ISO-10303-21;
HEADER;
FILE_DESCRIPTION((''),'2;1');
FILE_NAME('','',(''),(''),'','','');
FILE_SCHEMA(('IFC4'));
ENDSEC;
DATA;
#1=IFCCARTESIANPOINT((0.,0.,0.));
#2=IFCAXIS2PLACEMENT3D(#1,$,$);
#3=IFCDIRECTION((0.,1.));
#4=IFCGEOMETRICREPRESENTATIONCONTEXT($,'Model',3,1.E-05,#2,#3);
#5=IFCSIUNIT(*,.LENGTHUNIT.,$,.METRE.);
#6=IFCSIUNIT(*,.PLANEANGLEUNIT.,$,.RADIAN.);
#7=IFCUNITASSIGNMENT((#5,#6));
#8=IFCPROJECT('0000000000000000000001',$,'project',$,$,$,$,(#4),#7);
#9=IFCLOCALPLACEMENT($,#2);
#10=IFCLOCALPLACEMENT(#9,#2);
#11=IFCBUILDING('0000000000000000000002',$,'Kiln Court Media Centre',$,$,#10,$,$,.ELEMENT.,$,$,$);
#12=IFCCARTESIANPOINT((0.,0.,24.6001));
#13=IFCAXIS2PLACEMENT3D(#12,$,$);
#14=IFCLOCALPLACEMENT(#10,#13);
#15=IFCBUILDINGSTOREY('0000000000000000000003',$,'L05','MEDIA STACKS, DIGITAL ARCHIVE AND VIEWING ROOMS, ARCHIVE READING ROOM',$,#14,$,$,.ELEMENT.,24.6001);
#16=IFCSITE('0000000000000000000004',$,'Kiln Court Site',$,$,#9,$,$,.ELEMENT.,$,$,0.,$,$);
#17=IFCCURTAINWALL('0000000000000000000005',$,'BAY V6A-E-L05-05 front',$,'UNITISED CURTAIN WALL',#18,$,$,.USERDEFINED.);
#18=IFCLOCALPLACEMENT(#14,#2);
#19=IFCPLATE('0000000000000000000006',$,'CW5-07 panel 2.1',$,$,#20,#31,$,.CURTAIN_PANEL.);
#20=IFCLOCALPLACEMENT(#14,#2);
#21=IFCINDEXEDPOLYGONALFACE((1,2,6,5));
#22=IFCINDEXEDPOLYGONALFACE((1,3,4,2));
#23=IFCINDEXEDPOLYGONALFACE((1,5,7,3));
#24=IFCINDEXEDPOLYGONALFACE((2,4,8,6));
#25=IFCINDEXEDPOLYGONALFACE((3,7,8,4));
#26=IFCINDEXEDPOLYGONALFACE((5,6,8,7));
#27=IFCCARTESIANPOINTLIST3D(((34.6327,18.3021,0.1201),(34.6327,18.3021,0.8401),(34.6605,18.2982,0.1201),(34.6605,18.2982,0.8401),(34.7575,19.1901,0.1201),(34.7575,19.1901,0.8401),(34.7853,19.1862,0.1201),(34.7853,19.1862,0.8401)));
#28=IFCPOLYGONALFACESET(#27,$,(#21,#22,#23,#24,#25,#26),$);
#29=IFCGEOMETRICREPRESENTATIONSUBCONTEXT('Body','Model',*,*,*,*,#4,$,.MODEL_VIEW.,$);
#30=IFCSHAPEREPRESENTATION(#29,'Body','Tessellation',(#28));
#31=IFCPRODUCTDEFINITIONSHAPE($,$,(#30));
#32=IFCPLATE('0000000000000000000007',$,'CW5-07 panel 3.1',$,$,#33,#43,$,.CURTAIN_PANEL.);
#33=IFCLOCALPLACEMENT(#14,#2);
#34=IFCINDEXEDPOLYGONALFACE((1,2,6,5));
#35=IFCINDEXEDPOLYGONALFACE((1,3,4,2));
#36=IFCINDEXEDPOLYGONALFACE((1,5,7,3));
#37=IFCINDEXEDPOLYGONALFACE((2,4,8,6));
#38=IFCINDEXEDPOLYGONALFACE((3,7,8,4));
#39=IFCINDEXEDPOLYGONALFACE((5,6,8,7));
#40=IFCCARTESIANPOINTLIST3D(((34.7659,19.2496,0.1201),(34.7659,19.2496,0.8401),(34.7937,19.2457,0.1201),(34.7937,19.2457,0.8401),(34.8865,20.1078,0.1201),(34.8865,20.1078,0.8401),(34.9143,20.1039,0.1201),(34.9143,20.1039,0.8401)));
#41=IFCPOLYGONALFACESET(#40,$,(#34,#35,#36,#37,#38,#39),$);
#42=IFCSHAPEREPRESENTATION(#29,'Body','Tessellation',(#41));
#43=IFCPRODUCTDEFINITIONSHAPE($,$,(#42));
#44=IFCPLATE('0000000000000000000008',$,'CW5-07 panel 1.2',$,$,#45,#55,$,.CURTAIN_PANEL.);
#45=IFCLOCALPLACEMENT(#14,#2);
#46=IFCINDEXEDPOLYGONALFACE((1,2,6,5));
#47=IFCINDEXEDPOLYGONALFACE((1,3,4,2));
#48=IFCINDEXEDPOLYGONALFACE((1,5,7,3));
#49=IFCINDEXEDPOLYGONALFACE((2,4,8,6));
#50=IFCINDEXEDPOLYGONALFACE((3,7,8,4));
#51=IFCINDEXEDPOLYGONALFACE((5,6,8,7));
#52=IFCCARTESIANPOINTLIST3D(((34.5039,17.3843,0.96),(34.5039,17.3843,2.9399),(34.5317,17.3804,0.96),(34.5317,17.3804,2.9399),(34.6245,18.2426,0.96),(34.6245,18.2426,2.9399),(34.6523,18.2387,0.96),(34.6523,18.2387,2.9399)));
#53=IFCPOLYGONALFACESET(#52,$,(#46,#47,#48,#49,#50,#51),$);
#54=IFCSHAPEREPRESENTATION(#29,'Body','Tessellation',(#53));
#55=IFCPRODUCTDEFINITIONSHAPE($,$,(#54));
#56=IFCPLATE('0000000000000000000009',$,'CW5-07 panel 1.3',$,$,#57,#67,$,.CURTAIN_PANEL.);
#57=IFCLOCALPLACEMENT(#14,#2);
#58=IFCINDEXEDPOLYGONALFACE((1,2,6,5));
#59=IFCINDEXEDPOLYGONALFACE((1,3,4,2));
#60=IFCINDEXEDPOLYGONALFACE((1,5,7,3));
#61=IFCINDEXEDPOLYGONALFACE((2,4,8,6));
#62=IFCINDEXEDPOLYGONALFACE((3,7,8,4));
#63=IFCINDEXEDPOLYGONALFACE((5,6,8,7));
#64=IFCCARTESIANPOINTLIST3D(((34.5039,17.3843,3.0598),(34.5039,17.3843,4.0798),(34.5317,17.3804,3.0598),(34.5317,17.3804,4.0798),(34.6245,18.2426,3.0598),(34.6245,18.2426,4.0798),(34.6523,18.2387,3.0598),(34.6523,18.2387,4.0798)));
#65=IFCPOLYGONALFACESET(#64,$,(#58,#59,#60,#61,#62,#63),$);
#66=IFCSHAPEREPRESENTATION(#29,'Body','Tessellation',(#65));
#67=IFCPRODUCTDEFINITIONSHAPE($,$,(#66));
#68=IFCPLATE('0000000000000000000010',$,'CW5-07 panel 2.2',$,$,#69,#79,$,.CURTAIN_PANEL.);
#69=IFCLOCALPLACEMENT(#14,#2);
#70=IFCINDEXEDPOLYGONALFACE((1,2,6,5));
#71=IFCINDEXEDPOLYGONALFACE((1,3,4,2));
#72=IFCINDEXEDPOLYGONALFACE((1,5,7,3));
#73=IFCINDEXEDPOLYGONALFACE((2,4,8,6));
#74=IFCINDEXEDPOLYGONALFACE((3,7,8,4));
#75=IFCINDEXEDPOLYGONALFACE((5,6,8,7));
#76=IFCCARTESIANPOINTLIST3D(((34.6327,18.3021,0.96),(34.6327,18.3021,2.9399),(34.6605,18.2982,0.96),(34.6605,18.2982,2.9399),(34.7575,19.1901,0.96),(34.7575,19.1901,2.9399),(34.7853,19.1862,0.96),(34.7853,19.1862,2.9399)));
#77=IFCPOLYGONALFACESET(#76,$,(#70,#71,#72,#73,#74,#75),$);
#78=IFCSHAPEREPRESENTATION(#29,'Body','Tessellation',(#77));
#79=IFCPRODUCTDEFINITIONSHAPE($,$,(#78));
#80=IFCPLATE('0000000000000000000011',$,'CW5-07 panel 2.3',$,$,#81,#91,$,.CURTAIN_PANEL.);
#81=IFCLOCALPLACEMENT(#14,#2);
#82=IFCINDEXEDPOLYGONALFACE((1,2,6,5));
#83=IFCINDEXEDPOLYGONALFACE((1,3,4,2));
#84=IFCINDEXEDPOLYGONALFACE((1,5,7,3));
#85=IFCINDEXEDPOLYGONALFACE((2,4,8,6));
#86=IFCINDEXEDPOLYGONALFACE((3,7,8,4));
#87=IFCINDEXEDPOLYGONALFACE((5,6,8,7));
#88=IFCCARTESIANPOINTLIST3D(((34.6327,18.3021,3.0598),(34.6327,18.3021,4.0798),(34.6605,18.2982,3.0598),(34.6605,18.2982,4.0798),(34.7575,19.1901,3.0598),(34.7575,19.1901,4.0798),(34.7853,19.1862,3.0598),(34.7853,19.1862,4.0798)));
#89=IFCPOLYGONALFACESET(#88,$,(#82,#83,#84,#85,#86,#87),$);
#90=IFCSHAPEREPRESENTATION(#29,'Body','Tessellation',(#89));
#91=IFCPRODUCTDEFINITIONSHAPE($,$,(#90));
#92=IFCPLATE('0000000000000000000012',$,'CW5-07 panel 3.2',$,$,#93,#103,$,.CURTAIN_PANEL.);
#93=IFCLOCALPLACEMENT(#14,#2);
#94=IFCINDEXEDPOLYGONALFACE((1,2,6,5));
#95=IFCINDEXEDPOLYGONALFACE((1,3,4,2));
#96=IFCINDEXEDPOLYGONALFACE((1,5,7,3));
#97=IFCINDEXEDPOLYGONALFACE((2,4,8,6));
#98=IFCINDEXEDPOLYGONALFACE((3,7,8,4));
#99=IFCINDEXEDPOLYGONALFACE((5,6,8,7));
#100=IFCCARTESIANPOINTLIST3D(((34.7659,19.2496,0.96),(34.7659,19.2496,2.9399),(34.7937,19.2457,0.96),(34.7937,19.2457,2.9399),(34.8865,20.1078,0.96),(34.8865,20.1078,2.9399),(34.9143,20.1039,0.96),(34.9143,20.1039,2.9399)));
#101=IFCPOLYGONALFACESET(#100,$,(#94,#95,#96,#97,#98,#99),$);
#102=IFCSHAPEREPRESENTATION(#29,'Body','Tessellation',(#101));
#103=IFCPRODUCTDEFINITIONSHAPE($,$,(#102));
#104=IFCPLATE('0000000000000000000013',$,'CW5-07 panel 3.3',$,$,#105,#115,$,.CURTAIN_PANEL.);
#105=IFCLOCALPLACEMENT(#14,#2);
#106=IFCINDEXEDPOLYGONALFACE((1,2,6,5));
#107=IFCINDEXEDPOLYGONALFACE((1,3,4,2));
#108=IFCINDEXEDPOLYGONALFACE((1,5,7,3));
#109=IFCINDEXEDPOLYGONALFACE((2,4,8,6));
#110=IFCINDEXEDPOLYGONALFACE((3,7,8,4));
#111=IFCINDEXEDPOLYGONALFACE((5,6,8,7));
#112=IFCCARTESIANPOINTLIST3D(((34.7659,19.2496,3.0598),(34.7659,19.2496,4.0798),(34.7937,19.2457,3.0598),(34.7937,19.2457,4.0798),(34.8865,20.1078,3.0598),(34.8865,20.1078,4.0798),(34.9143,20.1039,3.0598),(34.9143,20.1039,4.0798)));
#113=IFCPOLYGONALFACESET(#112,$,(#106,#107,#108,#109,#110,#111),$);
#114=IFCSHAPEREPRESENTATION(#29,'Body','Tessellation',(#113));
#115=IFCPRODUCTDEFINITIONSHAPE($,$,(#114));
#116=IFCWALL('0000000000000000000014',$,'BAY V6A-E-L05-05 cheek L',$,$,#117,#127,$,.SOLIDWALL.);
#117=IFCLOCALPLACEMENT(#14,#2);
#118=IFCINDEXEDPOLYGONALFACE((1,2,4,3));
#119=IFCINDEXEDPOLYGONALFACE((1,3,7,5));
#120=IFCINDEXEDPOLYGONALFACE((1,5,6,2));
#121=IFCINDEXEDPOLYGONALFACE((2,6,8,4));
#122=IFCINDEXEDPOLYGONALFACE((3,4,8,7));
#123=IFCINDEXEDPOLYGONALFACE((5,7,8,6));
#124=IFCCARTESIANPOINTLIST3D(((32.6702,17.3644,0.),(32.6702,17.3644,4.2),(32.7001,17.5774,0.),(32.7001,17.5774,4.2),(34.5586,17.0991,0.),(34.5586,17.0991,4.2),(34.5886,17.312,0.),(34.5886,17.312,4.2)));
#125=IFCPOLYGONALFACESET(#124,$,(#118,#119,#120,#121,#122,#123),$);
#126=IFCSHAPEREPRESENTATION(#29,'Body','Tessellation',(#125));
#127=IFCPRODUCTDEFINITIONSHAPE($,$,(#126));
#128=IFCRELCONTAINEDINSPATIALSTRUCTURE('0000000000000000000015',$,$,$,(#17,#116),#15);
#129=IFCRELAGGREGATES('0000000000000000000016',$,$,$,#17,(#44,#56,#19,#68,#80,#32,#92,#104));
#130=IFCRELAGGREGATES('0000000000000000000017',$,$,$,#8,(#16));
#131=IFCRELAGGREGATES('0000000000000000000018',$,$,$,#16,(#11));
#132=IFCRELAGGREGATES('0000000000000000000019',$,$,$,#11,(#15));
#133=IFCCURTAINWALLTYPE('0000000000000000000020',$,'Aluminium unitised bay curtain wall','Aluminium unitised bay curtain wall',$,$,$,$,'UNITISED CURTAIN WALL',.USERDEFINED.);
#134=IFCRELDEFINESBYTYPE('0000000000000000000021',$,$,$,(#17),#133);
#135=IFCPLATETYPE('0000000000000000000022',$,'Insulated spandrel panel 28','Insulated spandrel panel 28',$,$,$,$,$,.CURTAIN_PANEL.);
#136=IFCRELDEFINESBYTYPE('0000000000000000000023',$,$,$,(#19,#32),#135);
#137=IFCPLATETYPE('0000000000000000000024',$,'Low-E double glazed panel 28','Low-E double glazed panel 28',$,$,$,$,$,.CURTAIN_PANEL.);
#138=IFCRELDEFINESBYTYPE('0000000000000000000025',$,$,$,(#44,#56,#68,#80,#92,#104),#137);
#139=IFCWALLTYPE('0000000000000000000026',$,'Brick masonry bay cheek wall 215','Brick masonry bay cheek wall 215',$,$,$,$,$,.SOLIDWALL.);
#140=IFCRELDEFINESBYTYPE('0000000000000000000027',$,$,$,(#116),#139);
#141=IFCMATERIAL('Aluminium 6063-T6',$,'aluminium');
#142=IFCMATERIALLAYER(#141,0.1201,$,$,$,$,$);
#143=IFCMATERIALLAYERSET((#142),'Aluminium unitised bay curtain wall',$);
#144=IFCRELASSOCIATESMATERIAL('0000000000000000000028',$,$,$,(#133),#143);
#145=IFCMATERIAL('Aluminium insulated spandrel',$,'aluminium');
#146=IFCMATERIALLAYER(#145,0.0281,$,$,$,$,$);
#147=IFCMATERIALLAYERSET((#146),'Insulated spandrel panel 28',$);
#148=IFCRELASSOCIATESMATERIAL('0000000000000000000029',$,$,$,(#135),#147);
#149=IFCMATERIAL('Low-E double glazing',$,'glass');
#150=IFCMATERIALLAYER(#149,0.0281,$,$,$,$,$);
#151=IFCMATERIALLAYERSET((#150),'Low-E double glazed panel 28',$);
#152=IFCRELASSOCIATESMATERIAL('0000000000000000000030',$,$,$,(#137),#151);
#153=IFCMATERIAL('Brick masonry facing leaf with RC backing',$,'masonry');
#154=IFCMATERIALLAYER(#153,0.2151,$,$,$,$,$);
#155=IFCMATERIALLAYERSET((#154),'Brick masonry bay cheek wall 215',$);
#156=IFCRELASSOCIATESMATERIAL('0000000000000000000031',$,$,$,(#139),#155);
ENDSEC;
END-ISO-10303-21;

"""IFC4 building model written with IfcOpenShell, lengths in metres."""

from ifc_helpers import new_model, si_unit, direction, frame, frame_2d, origin, origin_2d, place, context, subcontext, project, spatial, rectangle, extrude, material, layer, layer_set, type_object, element, aggregate, save


model = new_model("IFC4")

# Units and contexts
model_context = context("Model", 3, precision=1e-05, world=origin(), true_north=direction((0.0, 1.0)))
body_context = subcontext(model_context, "Body", "Model", "MODEL_VIEW")
ifc_project = project(units=[si_unit("LENGTHUNIT", "METRE"), si_unit("PLANEANGLEUNIT", "RADIAN")], contexts=[model_context])

# Site, building, storey
site_placement = place(None, origin())
site = spatial("IfcSite", under=ifc_project, at=site_placement, Name="Kiln Court Site", CompositionType="ELEMENT", RefElevation=0.0)
building_placement = place(site_placement, origin())
building = spatial("IfcBuilding", under=site, at=building_placement, Name="Kiln Court Media Centre", CompositionType="ELEMENT")
storey_placement = place(building_placement, frame((0.0, 0.0, 24.6001)))
storey = spatial("IfcBuildingStorey", under=building, at=storey_placement, Name="L05", Description="MEDIA STACKS, DIGITAL ARCHIVE AND VIEWING ROOMS, ARCHIVE READING ROOM", CompositionType="ELEMENT", Elevation=24.6001)

# Curtain wall, plates
ifc_material_1 = material(Name="Aluminium 6063-T6", Category="aluminium")
ifc_layer_1 = layer(ifc_material_1, 0.1201)
ifc_layer_set_1 = layer_set([ifc_layer_1], Name="Aluminium unitised bay curtain wall")
curtain_wall_type = type_object("IfcCurtainWallType", Name="Aluminium unitised bay curtain wall", Description="Aluminium unitised bay curtain wall", ElementType="UNITISED CURTAIN WALL", PredefinedType="USERDEFINED", material=ifc_layer_set_1)
curtain_wall_placement = place(storey_placement, origin())
curtain_wall = element("IfcCurtainWall", 1, at=curtain_wall_placement, inside=storey, type_object=curtain_wall_type, Name="BAY V6A-E-L05-05 front", ObjectType="UNITISED CURTAIN WALL", PredefinedType="USERDEFINED")
ifc_material_2 = material(Name="Aluminium insulated spandrel", Category="aluminium")
ifc_layer_2 = layer(ifc_material_2, 0.0281)
ifc_layer_set_2 = layer_set([ifc_layer_2], Name="Insulated spandrel panel 28")
plate_type_1 = type_object("IfcPlateType", Name="Insulated spandrel panel 28", Description="Insulated spandrel panel 28", PredefinedType="CURTAIN_PANEL", material=ifc_layer_set_2)
plate_1_placement = place(storey_placement, frame((34.709, 18.7441, 0.1201), z_axis=(0.0, 0.0, 1.0), x_axis=(0.139162, 0.99027, 0.0)))
plate_1 = element("IfcPlate", 2, at=plate_1_placement, type_object=plate_type_1, Name="CW5-07 panel 2.1", PredefinedType="CURTAIN_PANEL", context=body_context, shape_type="SweptSolid", body=[
    extrude(rectangle(XDim=0.8967, YDim=0.0281, at=origin_2d()), origin(), (0.0, 0.0, 1.0), 0.72),
])
plate_2_placement = place(storey_placement, frame((34.8401, 19.6768, 0.1201), z_axis=(0.0, 0.0, 1.0), x_axis=(0.139162, 0.99027, 0.0)))
plate_2 = element("IfcPlate", 3, at=plate_2_placement, type_object=plate_type_1, Name="CW5-07 panel 3.1", PredefinedType="CURTAIN_PANEL", context=body_context, shape_type="SweptSolid", body=[
    extrude(rectangle(XDim=0.8667, YDim=0.0281, at=origin_2d()), origin(), (0.0, 0.0, 1.0), 0.72),
])
ifc_material_3 = material(Name="Low-E double glazing", Category="glass")
ifc_layer_3 = layer(ifc_material_3, 0.0281)
ifc_layer_set_3 = layer_set([ifc_layer_3], Name="Low-E double glazed panel 28")
plate_type_2 = type_object("IfcPlateType", Name="Low-E double glazed panel 28", Description="Low-E double glazed panel 28", PredefinedType="CURTAIN_PANEL", material=ifc_layer_set_3)
plate_3_placement = place(storey_placement, frame((34.5781, 17.8115, 0.96), z_axis=(0.0, 0.0, 1.0), x_axis=(0.139162, 0.99027, 0.0)))
plate_3 = element("IfcPlate", 4, at=plate_3_placement, type_object=plate_type_2, Name="CW5-07 panel 1.2", PredefinedType="CURTAIN_PANEL", context=body_context, shape_type="SweptSolid", body=[
    extrude(rectangle(XDim=0.8667, YDim=0.0281, at=origin_2d()), origin(), (0.0, 0.0, 1.0), 1.98),
])
plate_4_placement = place(storey_placement, frame((34.5781, 17.8115, 3.0598), z_axis=(0.0, 0.0, 1.0), x_axis=(0.139162, 0.99027, 0.0)))
plate_4 = element("IfcPlate", 5, at=plate_4_placement, type_object=plate_type_2, Name="CW5-07 panel 1.3", PredefinedType="CURTAIN_PANEL", context=body_context, shape_type="SweptSolid", body=[
    extrude(rectangle(XDim=0.8667, YDim=0.0281, at=origin_2d()), origin(), (0.0, 0.0, 1.0), 1.02),
])
plate_5_placement = place(storey_placement, frame((34.709, 18.7441, 0.96), z_axis=(0.0, 0.0, 1.0), x_axis=(0.139162, 0.99027, 0.0)))
plate_5 = element("IfcPlate", 6, at=plate_5_placement, type_object=plate_type_2, Name="CW5-07 panel 2.2", PredefinedType="CURTAIN_PANEL", context=body_context, shape_type="SweptSolid", body=[
    extrude(rectangle(XDim=0.8967, YDim=0.0281, at=origin_2d()), origin(), (0.0, 0.0, 1.0), 1.98),
])
plate_6_placement = place(storey_placement, frame((34.709, 18.7441, 3.0598), z_axis=(0.0, 0.0, 1.0), x_axis=(0.139162, 0.99027, 0.0)))
plate_6 = element("IfcPlate", 7, at=plate_6_placement, type_object=plate_type_2, Name="CW5-07 panel 2.3", PredefinedType="CURTAIN_PANEL", context=body_context, shape_type="SweptSolid", body=[
    extrude(rectangle(XDim=0.8967, YDim=0.0281, at=origin_2d()), origin(), (0.0, 0.0, 1.0), 1.02),
])
plate_7_placement = place(storey_placement, frame((34.8401, 19.6768, 0.96), z_axis=(0.0, 0.0, 1.0), x_axis=(0.139162, 0.99027, 0.0)))
plate_7 = element("IfcPlate", 8, at=plate_7_placement, type_object=plate_type_2, Name="CW5-07 panel 3.2", PredefinedType="CURTAIN_PANEL", context=body_context, shape_type="SweptSolid", body=[
    extrude(rectangle(XDim=0.8667, YDim=0.0281, at=origin_2d()), origin(), (0.0, 0.0, 1.0), 1.98),
])
plate_8_placement = place(storey_placement, frame((34.8401, 19.6768, 3.0598), z_axis=(0.0, 0.0, 1.0), x_axis=(0.139162, 0.99027, 0.0)))
plate_8 = element("IfcPlate", 9, at=plate_8_placement, type_object=plate_type_2, Name="CW5-07 panel 3.3", PredefinedType="CURTAIN_PANEL", context=body_context, shape_type="SweptSolid", body=[
    extrude(rectangle(XDim=0.8667, YDim=0.0281, at=origin_2d()), origin(), (0.0, 0.0, 1.0), 1.02),
])
aggregate(curtain_wall, [plate_3, plate_4, plate_1, plate_5, plate_6, plate_2, plate_7, plate_8])

# Wall
ifc_material_4 = material(Name="Brick masonry facing leaf with RC backing", Category="masonry")
ifc_layer_4 = layer(ifc_material_4, 0.2151)
ifc_layer_set_4 = layer_set([ifc_layer_4], Name="Brick masonry bay cheek wall 215")
wall_type = type_object("IfcWallType", Name="Brick masonry bay cheek wall 215", Description="Brick masonry bay cheek wall 215", PredefinedType="SOLIDWALL", material=ifc_layer_set_4)
wall_placement = place(storey_placement, frame((32.6851, 17.4709, 0.0), z_axis=(0.0, 0.0, 1.0), x_axis=(0.99027, -0.139163, 0.0)))
element("IfcWall", 10, at=wall_placement, inside=storey, type_object=wall_type, Name="BAY V6A-E-L05-05 cheek L", PredefinedType="SOLIDWALL", context=body_context, shape_type="SweptSolid", body=[
    extrude(rectangle(XDim=1.907, YDim=0.2151, at=frame_2d((0.9536, 0.0))), origin(), (0.0, 0.0, 1.0), 4.2),
])

save(model, "model.ifc")
